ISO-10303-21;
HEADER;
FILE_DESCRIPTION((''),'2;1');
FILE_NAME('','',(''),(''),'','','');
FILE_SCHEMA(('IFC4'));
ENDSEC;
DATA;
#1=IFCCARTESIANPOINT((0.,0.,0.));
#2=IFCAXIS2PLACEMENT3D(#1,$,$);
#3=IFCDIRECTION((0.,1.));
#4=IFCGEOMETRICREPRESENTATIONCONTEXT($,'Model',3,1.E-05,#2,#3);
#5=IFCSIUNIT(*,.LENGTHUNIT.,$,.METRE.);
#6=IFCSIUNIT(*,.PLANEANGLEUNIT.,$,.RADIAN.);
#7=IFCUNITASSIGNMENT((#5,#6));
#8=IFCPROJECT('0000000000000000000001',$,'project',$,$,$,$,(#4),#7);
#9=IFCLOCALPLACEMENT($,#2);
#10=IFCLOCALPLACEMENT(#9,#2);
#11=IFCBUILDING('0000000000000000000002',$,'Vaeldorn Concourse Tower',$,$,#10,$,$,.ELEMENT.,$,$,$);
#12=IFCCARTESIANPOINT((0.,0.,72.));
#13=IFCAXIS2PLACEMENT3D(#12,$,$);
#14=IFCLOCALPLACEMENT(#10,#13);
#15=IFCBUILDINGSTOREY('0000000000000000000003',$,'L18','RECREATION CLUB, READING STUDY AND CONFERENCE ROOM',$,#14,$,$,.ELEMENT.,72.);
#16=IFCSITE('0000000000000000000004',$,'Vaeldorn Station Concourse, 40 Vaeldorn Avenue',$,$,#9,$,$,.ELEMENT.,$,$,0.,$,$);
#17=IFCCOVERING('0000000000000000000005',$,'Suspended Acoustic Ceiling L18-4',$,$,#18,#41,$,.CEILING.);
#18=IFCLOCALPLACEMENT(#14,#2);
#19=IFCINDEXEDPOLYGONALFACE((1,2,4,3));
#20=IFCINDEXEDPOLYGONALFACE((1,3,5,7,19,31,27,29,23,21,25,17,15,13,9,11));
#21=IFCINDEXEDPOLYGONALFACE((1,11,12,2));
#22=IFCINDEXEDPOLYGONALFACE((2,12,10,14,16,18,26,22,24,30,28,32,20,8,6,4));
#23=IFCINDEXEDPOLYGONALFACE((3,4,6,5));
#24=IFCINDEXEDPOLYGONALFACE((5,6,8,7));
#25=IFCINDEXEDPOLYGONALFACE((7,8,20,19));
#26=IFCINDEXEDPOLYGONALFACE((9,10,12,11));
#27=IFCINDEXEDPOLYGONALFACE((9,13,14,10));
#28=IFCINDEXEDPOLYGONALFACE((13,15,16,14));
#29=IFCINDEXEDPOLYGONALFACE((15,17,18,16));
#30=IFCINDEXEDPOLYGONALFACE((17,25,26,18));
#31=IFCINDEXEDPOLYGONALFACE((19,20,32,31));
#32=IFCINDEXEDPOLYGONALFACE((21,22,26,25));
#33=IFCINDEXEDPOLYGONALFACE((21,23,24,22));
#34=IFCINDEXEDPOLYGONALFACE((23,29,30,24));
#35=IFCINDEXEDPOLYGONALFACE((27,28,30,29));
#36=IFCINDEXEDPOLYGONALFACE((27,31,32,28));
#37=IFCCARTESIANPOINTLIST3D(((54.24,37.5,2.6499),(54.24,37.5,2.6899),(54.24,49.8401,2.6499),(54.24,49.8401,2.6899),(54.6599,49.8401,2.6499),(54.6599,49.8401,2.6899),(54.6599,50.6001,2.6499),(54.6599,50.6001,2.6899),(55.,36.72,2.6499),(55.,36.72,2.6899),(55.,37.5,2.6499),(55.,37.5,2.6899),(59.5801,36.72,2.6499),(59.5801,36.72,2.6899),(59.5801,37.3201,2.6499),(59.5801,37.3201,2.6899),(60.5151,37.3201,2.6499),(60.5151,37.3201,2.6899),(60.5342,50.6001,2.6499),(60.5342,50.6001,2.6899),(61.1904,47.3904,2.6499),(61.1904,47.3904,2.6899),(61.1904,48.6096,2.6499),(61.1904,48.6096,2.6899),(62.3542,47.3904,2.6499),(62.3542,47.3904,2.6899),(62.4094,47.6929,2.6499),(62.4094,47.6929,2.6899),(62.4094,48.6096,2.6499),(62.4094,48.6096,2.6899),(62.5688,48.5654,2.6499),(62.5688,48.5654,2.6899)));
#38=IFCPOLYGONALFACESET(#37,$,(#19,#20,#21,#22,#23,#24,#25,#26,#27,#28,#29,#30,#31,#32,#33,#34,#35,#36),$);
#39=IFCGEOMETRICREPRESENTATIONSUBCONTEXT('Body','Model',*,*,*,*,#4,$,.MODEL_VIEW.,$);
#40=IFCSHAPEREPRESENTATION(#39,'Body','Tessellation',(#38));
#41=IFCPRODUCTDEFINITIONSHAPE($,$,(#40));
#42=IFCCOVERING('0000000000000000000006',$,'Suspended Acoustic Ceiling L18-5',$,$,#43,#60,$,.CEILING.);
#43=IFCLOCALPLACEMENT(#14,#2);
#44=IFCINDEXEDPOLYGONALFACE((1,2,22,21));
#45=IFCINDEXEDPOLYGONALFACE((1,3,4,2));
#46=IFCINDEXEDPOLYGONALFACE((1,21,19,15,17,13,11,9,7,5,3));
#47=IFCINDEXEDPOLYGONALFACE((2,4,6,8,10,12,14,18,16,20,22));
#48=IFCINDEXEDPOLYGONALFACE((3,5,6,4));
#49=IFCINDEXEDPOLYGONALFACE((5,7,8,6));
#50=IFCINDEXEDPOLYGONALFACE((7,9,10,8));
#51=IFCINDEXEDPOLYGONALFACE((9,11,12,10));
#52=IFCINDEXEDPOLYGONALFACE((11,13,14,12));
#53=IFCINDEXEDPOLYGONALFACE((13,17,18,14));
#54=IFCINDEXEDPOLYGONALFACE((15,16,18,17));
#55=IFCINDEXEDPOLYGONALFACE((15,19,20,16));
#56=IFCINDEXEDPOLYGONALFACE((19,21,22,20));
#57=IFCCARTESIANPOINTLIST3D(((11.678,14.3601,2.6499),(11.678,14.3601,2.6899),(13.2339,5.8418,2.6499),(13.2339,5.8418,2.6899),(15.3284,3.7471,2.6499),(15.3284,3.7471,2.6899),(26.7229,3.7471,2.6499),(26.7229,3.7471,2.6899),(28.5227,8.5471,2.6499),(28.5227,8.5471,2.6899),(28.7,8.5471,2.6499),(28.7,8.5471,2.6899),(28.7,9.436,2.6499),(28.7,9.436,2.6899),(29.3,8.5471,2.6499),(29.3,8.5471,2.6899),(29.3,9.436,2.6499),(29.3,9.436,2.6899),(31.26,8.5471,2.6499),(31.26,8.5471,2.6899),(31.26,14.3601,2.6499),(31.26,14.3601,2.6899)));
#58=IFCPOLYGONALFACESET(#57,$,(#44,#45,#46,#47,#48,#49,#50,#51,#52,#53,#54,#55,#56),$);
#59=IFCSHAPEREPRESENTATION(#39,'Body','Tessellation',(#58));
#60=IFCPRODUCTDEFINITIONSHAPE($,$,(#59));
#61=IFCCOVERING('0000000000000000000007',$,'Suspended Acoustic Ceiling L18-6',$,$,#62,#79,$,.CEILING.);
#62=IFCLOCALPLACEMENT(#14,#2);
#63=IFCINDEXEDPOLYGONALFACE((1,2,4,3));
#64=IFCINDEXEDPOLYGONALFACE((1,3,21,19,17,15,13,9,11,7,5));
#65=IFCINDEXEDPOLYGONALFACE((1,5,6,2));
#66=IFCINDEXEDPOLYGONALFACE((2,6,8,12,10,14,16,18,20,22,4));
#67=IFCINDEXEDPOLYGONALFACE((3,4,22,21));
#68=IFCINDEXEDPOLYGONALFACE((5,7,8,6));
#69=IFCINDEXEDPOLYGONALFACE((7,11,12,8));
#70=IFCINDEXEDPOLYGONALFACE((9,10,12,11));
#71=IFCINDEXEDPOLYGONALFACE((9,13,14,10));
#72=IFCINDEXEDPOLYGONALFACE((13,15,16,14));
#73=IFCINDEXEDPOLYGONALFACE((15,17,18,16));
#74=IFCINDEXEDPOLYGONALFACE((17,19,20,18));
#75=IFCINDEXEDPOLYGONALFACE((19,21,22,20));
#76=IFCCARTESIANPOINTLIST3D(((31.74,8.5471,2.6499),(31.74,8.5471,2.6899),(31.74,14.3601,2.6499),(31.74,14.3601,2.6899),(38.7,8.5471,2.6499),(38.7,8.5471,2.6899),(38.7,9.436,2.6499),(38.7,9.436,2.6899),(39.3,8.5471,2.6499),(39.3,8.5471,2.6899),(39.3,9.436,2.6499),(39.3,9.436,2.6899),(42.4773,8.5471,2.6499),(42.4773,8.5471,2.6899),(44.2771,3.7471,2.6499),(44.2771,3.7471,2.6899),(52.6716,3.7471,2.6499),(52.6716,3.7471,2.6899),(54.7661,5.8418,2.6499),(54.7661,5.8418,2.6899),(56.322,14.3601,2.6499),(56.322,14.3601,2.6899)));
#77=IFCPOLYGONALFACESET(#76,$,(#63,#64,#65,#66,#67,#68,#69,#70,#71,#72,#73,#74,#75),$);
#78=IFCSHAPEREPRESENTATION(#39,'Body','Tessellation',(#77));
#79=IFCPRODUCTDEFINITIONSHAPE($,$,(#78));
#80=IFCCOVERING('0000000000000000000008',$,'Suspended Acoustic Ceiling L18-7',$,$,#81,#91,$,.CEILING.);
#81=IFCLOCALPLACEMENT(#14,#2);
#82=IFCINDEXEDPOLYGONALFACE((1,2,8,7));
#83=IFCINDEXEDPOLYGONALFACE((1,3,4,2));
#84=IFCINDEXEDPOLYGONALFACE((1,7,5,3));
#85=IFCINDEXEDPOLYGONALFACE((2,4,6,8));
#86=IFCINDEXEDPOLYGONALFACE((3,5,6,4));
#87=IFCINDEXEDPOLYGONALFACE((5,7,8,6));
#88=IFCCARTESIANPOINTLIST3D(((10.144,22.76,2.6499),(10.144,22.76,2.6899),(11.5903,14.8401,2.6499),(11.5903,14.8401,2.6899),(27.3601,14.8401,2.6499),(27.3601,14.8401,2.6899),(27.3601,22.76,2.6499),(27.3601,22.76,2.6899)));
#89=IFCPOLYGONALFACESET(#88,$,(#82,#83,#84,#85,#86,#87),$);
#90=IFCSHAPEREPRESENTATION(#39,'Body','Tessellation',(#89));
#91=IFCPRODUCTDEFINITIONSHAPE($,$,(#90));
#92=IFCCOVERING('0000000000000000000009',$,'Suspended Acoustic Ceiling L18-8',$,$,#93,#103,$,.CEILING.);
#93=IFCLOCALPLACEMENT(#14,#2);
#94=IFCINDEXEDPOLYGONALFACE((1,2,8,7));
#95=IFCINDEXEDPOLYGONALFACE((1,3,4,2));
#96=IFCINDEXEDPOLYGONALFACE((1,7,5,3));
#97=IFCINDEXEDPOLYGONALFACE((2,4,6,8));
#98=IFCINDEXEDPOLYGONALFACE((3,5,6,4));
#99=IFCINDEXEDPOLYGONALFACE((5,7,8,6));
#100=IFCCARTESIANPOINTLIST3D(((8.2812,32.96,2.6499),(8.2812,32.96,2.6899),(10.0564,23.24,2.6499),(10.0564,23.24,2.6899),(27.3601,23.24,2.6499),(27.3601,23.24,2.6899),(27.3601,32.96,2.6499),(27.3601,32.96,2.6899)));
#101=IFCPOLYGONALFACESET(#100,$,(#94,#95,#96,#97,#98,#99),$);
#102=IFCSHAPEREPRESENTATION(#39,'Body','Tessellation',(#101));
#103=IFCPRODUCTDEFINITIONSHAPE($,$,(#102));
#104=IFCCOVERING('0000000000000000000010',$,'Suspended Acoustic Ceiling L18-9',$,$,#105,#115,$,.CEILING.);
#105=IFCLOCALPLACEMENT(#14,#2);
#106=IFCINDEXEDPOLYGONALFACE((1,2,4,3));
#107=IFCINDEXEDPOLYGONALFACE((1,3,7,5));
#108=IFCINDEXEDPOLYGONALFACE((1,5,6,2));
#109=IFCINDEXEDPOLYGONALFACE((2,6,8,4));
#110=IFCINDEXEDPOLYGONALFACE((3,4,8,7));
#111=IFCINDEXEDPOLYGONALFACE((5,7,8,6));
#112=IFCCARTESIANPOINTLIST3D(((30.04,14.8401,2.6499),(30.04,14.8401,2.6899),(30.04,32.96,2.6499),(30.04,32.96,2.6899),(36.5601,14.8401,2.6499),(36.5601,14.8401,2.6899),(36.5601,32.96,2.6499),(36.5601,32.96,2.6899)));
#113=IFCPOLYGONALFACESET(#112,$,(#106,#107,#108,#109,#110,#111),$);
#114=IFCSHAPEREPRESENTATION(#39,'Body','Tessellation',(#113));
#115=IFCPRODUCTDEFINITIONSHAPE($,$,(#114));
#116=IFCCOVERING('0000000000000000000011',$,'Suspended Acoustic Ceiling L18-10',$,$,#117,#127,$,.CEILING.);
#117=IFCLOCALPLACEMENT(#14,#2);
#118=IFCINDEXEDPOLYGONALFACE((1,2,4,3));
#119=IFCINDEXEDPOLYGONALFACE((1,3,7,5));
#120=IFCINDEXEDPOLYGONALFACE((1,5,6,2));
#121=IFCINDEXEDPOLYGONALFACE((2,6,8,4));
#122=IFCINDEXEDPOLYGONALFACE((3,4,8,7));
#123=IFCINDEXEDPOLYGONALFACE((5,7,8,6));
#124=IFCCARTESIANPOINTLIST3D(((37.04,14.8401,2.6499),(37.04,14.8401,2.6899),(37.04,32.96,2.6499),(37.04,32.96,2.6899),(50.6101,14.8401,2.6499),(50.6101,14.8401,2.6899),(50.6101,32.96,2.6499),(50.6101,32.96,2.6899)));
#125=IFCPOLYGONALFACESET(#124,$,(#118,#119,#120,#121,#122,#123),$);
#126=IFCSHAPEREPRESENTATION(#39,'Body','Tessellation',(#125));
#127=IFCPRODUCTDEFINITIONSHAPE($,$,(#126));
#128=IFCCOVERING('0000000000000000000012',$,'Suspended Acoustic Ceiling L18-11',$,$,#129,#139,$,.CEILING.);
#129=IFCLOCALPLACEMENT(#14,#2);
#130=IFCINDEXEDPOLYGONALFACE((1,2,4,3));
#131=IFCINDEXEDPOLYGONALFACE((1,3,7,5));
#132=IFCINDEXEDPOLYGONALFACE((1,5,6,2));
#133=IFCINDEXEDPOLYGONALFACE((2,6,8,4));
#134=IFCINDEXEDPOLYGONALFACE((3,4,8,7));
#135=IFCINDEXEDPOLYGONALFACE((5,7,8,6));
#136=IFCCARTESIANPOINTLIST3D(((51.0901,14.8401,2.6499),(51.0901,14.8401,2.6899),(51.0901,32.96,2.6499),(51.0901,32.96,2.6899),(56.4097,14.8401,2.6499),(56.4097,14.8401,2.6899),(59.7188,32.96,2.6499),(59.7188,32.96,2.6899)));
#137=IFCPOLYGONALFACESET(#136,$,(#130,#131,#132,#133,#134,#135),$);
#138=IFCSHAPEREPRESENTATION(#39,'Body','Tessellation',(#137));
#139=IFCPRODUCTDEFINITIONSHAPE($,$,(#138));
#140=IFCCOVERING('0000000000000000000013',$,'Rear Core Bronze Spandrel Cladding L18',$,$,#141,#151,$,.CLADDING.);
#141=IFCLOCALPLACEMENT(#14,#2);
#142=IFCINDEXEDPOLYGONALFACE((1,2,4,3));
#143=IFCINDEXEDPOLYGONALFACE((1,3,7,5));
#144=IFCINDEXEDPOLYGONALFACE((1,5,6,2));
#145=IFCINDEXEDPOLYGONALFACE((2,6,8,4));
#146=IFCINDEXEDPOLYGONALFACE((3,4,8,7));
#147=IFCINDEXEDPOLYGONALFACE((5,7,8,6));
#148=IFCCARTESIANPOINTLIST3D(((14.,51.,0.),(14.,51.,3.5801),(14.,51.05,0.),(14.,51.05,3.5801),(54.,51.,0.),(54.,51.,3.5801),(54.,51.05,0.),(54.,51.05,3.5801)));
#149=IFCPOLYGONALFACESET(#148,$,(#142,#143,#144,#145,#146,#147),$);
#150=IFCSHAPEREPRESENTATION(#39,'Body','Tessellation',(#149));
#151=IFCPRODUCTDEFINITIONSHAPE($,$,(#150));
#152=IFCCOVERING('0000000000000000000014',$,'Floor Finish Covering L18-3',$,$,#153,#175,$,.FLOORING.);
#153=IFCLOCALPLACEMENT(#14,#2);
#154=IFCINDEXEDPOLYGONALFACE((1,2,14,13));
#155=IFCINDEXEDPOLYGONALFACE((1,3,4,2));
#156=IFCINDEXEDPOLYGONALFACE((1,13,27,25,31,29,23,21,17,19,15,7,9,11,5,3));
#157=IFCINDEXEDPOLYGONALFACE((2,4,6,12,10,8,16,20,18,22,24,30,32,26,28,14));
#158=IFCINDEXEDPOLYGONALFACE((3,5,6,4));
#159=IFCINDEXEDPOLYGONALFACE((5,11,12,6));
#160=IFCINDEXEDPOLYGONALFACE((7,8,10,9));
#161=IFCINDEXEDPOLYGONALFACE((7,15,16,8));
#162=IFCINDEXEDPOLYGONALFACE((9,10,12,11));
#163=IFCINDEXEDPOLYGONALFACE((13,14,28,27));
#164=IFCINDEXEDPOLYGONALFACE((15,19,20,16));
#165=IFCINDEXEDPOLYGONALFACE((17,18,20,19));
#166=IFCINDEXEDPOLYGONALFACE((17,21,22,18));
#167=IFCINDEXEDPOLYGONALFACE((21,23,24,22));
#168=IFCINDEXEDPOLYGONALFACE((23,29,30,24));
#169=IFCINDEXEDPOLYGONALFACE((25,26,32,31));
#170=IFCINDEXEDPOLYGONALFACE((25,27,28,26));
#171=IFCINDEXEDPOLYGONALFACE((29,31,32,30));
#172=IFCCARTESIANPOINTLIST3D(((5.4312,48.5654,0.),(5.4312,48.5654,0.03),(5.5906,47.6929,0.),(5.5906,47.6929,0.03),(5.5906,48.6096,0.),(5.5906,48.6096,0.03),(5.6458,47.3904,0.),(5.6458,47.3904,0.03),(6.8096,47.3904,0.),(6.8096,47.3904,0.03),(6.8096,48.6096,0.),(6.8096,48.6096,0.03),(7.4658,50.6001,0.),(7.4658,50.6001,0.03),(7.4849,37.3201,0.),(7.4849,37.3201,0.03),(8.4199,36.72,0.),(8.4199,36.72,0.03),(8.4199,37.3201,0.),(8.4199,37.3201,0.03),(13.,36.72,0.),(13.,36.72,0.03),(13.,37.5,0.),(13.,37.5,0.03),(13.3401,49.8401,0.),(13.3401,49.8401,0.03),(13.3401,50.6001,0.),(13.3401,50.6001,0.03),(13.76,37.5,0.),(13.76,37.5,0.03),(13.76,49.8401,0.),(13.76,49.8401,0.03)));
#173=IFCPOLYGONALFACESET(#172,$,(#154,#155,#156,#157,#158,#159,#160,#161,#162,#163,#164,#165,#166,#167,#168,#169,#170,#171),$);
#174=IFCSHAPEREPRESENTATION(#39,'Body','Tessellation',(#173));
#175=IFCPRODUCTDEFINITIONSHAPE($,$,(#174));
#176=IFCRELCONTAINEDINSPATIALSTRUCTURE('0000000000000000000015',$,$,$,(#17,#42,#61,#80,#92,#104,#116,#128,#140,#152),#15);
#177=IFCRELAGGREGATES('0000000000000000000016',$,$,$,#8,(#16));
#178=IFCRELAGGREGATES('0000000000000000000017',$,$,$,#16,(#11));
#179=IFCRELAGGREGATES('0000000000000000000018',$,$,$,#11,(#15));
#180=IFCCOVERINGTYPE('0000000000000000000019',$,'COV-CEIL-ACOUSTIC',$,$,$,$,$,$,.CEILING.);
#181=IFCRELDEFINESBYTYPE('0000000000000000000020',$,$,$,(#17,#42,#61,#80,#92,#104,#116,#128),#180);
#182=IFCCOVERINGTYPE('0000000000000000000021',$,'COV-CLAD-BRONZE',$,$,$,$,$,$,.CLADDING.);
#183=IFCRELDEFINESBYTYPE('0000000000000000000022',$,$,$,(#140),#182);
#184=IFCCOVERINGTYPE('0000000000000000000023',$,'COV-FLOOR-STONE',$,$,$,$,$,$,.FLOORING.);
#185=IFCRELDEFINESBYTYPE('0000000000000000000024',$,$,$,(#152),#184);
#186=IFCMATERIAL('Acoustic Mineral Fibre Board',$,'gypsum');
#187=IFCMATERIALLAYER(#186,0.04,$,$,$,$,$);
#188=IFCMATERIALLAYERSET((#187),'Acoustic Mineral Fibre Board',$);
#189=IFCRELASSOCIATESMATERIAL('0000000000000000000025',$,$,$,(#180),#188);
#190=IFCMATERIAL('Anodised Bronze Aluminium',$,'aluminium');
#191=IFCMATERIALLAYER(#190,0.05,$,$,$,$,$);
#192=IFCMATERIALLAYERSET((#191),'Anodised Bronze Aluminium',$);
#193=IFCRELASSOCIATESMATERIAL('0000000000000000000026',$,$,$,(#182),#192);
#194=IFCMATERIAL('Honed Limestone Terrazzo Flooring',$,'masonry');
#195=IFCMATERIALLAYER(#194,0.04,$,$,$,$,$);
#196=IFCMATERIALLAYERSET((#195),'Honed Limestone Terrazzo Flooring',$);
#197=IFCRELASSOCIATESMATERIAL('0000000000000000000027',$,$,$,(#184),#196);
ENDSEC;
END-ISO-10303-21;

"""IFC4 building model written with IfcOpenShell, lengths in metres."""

from ifc_helpers import new_model, si_unit, direction, frame, origin, place, context, subcontext, project, spatial, polyline, outline, extrude, material, layer, layer_set, type_object, element, save


model = new_model("IFC4")

# Units and contexts
model_context = context("Model", 3, precision=1e-05, world=origin(), true_north=direction((0.0, 1.0)))
body_context = subcontext(model_context, "Body", "Model", "MODEL_VIEW")
ifc_project = project(units=[si_unit("LENGTHUNIT", "METRE"), si_unit("PLANEANGLEUNIT", "RADIAN")], contexts=[model_context])

# Site, building, storey
site_placement = place(None, origin())
site = spatial("IfcSite", under=ifc_project, at=site_placement, Name="Vaeldorn Station Concourse, 40 Vaeldorn Avenue", CompositionType="ELEMENT", RefElevation=0.0)
building_placement = place(site_placement, origin())
building = spatial("IfcBuilding", under=site, at=building_placement, Name="Vaeldorn Concourse Tower", CompositionType="ELEMENT")
storey_placement = place(building_placement, frame((0.0, 0.0, 72.0)))
storey = spatial("IfcBuildingStorey", under=building, at=storey_placement, Name="L18", Description="RECREATION CLUB, READING STUDY AND CONFERENCE ROOM", CompositionType="ELEMENT", Elevation=72.0)

# Shared definitions
ifc_material_1 = material(Name="Anodised Bronze Aluminium", Category="aluminium")

# Coverings
ifc_material_2 = material(Name="Acoustic Mineral Fibre Board", Category="gypsum")
ifc_layer_1 = layer(ifc_material_2, 0.04)
ifc_layer_set_1 = layer_set([ifc_layer_1], Name="Acoustic Mineral Fibre Board")
covering_type_1 = type_object("IfcCoveringType", Name="COV-CEIL-ACOUSTIC", PredefinedType="CEILING", material=ifc_layer_set_1)
covering_1_placement = place(storey_placement, frame((0.0, 0.0, 2.6499)))
element("IfcCovering", 1, at=covering_1_placement, inside=storey, type_object=covering_type_1, Name="Suspended Acoustic Ceiling L18-4", PredefinedType="CEILING", context=body_context, shape_type="SweptSolid", body=[
    extrude(outline(polyline([(54.6599, 49.8401), (54.6599, 50.6001), (60.5342, 50.6001), (62.5688, 48.5654), (62.4094, 47.6929), (62.4094, 48.6096), (61.1904, 48.6096), (61.1904, 47.3904), (62.3542, 47.3904), (60.5151, 37.3201), (59.5801, 37.3201), (59.5801, 36.72), (55.0, 36.72), (55.0, 37.5), (54.24, 37.5), (54.24, 49.8401), (54.6599, 49.8401)])), origin(), (0.0, 0.0, 1.0), 0.04),
])
covering_2_placement = place(storey_placement, frame((0.0, 0.0, 2.6499)))
element("IfcCovering", 2, at=covering_2_placement, inside=storey, type_object=covering_type_1, Name="Suspended Acoustic Ceiling L18-5", PredefinedType="CEILING", context=body_context, shape_type="SweptSolid", body=[
    extrude(outline(polyline([(31.26, 14.3601), (31.26, 8.5471), (29.3, 8.5471), (29.3, 9.436), (28.7, 9.436), (28.7, 8.5471), (28.5227, 8.5471), (26.7229, 3.7471), (15.3284, 3.7471), (13.2339, 5.8418), (11.678, 14.3601), (31.26, 14.3601)])), origin(), (0.0, 0.0, 1.0), 0.04),
])
covering_3_placement = place(storey_placement, frame((0.0, 0.0, 2.6499)))
element("IfcCovering", 3, at=covering_3_placement, inside=storey, type_object=covering_type_1, Name="Suspended Acoustic Ceiling L18-6", PredefinedType="CEILING", context=body_context, shape_type="SweptSolid", body=[
    extrude(outline(polyline([(31.74, 14.3601), (56.322, 14.3601), (54.7661, 5.8418), (52.6716, 3.7471), (44.2771, 3.7471), (42.4773, 8.5471), (39.3, 8.5471), (39.3, 9.436), (38.7, 9.436), (38.7, 8.5471), (31.74, 8.5471), (31.74, 14.3601)])), origin(), (0.0, 0.0, 1.0), 0.04),
])
covering_4_placement = place(storey_placement, frame((0.0, 0.0, 2.6499)))
element("IfcCovering", 4, at=covering_4_placement, inside=storey, type_object=covering_type_1, Name="Suspended Acoustic Ceiling L18-7", PredefinedType="CEILING", context=body_context, shape_type="SweptSolid", body=[
    extrude(outline(polyline([(27.3601, 22.76), (27.3601, 14.8401), (11.5903, 14.8401), (10.144, 22.76), (27.3601, 22.76)])), origin(), (0.0, 0.0, 1.0), 0.04),
])
covering_5_placement = place(storey_placement, frame((0.0, 0.0, 2.6499)))
element("IfcCovering", 5, at=covering_5_placement, inside=storey, type_object=covering_type_1, Name="Suspended Acoustic Ceiling L18-8", PredefinedType="CEILING", context=body_context, shape_type="SweptSolid", body=[
    extrude(outline(polyline([(27.3601, 32.96), (27.3601, 23.24), (10.0564, 23.24), (8.2812, 32.96), (27.3601, 32.96)])), origin(), (0.0, 0.0, 1.0), 0.04),
])
covering_6_placement = place(storey_placement, frame((0.0, 0.0, 2.6499)))
element("IfcCovering", 6, at=covering_6_placement, inside=storey, type_object=covering_type_1, Name="Suspended Acoustic Ceiling L18-9", PredefinedType="CEILING", context=body_context, shape_type="SweptSolid", body=[
    extrude(outline(polyline([(30.04, 32.96), (36.5601, 32.96), (36.5601, 14.8401), (30.04, 14.8401), (30.04, 32.96)])), origin(), (0.0, 0.0, 1.0), 0.04),
])
covering_7_placement = place(storey_placement, frame((0.0, 0.0, 2.6499)))
element("IfcCovering", 7, at=covering_7_placement, inside=storey, type_object=covering_type_1, Name="Suspended Acoustic Ceiling L18-10", PredefinedType="CEILING", context=body_context, shape_type="SweptSolid", body=[
    extrude(outline(polyline([(37.04, 32.96), (50.6101, 32.96), (50.6101, 14.8401), (37.04, 14.8401), (37.04, 32.96)])), origin(), (0.0, 0.0, 1.0), 0.04),
])
covering_8_placement = place(storey_placement, frame((0.0, 0.0, 2.6499)))
element("IfcCovering", 8, at=covering_8_placement, inside=storey, type_object=covering_type_1, Name="Suspended Acoustic Ceiling L18-11", PredefinedType="CEILING", context=body_context, shape_type="SweptSolid", body=[
    extrude(outline(polyline([(51.0901, 14.8401), (51.0901, 32.96), (59.7188, 32.96), (56.4097, 14.8401), (51.0901, 14.8401)])), origin(), (0.0, 0.0, 1.0), 0.04),
])
ifc_layer_2 = layer(ifc_material_1, 0.05)
ifc_layer_set_2 = layer_set([ifc_layer_2], Name="Anodised Bronze Aluminium")
covering_type_2 = type_object("IfcCoveringType", Name="COV-CLAD-BRONZE", PredefinedType="CLADDING", material=ifc_layer_set_2)
covering_9_placement = place(storey_placement, origin())
element("IfcCovering", 9, at=covering_9_placement, inside=storey, type_object=covering_type_2, Name="Rear Core Bronze Spandrel Cladding L18", PredefinedType="CLADDING", context=body_context, shape_type="SweptSolid", body=[
    extrude(outline(polyline([(14.0, 51.0), (54.0, 51.0), (54.0, 51.05), (14.0, 51.05), (14.0, 51.0)])), origin(), (0.0, 0.0, 1.0), 3.5801),
])
ifc_material_3 = material(Name="Honed Limestone Terrazzo Flooring", Category="masonry")
ifc_layer_3 = layer(ifc_material_3, 0.04)
ifc_layer_set_3 = layer_set([ifc_layer_3], Name="Honed Limestone Terrazzo Flooring")
covering_type_3 = type_object("IfcCoveringType", Name="COV-FLOOR-STONE", PredefinedType="FLOORING", material=ifc_layer_set_3)
covering_10_placement = place(storey_placement, origin())
element("IfcCovering", 10, at=covering_10_placement, inside=storey, type_object=covering_type_3, Name="Floor Finish Covering L18-3", PredefinedType="FLOORING", context=body_context, shape_type="SweptSolid", body=[
    extrude(outline(polyline([(7.4658, 50.6001), (13.3401, 50.6001), (13.3401, 49.8401), (13.76, 49.8401), (13.76, 37.5), (13.0, 37.5), (13.0, 36.72), (8.4199, 36.72), (8.4199, 37.3201), (7.4849, 37.3201), (5.6458, 47.3904), (6.8096, 47.3904), (6.8096, 48.6096), (5.5906, 48.6096), (5.5906, 47.6929), (5.4312, 48.5654), (7.4658, 50.6001)])), origin(), (0.0, 0.0, 1.0), 0.03),
])

save(model, "model.ifc")
